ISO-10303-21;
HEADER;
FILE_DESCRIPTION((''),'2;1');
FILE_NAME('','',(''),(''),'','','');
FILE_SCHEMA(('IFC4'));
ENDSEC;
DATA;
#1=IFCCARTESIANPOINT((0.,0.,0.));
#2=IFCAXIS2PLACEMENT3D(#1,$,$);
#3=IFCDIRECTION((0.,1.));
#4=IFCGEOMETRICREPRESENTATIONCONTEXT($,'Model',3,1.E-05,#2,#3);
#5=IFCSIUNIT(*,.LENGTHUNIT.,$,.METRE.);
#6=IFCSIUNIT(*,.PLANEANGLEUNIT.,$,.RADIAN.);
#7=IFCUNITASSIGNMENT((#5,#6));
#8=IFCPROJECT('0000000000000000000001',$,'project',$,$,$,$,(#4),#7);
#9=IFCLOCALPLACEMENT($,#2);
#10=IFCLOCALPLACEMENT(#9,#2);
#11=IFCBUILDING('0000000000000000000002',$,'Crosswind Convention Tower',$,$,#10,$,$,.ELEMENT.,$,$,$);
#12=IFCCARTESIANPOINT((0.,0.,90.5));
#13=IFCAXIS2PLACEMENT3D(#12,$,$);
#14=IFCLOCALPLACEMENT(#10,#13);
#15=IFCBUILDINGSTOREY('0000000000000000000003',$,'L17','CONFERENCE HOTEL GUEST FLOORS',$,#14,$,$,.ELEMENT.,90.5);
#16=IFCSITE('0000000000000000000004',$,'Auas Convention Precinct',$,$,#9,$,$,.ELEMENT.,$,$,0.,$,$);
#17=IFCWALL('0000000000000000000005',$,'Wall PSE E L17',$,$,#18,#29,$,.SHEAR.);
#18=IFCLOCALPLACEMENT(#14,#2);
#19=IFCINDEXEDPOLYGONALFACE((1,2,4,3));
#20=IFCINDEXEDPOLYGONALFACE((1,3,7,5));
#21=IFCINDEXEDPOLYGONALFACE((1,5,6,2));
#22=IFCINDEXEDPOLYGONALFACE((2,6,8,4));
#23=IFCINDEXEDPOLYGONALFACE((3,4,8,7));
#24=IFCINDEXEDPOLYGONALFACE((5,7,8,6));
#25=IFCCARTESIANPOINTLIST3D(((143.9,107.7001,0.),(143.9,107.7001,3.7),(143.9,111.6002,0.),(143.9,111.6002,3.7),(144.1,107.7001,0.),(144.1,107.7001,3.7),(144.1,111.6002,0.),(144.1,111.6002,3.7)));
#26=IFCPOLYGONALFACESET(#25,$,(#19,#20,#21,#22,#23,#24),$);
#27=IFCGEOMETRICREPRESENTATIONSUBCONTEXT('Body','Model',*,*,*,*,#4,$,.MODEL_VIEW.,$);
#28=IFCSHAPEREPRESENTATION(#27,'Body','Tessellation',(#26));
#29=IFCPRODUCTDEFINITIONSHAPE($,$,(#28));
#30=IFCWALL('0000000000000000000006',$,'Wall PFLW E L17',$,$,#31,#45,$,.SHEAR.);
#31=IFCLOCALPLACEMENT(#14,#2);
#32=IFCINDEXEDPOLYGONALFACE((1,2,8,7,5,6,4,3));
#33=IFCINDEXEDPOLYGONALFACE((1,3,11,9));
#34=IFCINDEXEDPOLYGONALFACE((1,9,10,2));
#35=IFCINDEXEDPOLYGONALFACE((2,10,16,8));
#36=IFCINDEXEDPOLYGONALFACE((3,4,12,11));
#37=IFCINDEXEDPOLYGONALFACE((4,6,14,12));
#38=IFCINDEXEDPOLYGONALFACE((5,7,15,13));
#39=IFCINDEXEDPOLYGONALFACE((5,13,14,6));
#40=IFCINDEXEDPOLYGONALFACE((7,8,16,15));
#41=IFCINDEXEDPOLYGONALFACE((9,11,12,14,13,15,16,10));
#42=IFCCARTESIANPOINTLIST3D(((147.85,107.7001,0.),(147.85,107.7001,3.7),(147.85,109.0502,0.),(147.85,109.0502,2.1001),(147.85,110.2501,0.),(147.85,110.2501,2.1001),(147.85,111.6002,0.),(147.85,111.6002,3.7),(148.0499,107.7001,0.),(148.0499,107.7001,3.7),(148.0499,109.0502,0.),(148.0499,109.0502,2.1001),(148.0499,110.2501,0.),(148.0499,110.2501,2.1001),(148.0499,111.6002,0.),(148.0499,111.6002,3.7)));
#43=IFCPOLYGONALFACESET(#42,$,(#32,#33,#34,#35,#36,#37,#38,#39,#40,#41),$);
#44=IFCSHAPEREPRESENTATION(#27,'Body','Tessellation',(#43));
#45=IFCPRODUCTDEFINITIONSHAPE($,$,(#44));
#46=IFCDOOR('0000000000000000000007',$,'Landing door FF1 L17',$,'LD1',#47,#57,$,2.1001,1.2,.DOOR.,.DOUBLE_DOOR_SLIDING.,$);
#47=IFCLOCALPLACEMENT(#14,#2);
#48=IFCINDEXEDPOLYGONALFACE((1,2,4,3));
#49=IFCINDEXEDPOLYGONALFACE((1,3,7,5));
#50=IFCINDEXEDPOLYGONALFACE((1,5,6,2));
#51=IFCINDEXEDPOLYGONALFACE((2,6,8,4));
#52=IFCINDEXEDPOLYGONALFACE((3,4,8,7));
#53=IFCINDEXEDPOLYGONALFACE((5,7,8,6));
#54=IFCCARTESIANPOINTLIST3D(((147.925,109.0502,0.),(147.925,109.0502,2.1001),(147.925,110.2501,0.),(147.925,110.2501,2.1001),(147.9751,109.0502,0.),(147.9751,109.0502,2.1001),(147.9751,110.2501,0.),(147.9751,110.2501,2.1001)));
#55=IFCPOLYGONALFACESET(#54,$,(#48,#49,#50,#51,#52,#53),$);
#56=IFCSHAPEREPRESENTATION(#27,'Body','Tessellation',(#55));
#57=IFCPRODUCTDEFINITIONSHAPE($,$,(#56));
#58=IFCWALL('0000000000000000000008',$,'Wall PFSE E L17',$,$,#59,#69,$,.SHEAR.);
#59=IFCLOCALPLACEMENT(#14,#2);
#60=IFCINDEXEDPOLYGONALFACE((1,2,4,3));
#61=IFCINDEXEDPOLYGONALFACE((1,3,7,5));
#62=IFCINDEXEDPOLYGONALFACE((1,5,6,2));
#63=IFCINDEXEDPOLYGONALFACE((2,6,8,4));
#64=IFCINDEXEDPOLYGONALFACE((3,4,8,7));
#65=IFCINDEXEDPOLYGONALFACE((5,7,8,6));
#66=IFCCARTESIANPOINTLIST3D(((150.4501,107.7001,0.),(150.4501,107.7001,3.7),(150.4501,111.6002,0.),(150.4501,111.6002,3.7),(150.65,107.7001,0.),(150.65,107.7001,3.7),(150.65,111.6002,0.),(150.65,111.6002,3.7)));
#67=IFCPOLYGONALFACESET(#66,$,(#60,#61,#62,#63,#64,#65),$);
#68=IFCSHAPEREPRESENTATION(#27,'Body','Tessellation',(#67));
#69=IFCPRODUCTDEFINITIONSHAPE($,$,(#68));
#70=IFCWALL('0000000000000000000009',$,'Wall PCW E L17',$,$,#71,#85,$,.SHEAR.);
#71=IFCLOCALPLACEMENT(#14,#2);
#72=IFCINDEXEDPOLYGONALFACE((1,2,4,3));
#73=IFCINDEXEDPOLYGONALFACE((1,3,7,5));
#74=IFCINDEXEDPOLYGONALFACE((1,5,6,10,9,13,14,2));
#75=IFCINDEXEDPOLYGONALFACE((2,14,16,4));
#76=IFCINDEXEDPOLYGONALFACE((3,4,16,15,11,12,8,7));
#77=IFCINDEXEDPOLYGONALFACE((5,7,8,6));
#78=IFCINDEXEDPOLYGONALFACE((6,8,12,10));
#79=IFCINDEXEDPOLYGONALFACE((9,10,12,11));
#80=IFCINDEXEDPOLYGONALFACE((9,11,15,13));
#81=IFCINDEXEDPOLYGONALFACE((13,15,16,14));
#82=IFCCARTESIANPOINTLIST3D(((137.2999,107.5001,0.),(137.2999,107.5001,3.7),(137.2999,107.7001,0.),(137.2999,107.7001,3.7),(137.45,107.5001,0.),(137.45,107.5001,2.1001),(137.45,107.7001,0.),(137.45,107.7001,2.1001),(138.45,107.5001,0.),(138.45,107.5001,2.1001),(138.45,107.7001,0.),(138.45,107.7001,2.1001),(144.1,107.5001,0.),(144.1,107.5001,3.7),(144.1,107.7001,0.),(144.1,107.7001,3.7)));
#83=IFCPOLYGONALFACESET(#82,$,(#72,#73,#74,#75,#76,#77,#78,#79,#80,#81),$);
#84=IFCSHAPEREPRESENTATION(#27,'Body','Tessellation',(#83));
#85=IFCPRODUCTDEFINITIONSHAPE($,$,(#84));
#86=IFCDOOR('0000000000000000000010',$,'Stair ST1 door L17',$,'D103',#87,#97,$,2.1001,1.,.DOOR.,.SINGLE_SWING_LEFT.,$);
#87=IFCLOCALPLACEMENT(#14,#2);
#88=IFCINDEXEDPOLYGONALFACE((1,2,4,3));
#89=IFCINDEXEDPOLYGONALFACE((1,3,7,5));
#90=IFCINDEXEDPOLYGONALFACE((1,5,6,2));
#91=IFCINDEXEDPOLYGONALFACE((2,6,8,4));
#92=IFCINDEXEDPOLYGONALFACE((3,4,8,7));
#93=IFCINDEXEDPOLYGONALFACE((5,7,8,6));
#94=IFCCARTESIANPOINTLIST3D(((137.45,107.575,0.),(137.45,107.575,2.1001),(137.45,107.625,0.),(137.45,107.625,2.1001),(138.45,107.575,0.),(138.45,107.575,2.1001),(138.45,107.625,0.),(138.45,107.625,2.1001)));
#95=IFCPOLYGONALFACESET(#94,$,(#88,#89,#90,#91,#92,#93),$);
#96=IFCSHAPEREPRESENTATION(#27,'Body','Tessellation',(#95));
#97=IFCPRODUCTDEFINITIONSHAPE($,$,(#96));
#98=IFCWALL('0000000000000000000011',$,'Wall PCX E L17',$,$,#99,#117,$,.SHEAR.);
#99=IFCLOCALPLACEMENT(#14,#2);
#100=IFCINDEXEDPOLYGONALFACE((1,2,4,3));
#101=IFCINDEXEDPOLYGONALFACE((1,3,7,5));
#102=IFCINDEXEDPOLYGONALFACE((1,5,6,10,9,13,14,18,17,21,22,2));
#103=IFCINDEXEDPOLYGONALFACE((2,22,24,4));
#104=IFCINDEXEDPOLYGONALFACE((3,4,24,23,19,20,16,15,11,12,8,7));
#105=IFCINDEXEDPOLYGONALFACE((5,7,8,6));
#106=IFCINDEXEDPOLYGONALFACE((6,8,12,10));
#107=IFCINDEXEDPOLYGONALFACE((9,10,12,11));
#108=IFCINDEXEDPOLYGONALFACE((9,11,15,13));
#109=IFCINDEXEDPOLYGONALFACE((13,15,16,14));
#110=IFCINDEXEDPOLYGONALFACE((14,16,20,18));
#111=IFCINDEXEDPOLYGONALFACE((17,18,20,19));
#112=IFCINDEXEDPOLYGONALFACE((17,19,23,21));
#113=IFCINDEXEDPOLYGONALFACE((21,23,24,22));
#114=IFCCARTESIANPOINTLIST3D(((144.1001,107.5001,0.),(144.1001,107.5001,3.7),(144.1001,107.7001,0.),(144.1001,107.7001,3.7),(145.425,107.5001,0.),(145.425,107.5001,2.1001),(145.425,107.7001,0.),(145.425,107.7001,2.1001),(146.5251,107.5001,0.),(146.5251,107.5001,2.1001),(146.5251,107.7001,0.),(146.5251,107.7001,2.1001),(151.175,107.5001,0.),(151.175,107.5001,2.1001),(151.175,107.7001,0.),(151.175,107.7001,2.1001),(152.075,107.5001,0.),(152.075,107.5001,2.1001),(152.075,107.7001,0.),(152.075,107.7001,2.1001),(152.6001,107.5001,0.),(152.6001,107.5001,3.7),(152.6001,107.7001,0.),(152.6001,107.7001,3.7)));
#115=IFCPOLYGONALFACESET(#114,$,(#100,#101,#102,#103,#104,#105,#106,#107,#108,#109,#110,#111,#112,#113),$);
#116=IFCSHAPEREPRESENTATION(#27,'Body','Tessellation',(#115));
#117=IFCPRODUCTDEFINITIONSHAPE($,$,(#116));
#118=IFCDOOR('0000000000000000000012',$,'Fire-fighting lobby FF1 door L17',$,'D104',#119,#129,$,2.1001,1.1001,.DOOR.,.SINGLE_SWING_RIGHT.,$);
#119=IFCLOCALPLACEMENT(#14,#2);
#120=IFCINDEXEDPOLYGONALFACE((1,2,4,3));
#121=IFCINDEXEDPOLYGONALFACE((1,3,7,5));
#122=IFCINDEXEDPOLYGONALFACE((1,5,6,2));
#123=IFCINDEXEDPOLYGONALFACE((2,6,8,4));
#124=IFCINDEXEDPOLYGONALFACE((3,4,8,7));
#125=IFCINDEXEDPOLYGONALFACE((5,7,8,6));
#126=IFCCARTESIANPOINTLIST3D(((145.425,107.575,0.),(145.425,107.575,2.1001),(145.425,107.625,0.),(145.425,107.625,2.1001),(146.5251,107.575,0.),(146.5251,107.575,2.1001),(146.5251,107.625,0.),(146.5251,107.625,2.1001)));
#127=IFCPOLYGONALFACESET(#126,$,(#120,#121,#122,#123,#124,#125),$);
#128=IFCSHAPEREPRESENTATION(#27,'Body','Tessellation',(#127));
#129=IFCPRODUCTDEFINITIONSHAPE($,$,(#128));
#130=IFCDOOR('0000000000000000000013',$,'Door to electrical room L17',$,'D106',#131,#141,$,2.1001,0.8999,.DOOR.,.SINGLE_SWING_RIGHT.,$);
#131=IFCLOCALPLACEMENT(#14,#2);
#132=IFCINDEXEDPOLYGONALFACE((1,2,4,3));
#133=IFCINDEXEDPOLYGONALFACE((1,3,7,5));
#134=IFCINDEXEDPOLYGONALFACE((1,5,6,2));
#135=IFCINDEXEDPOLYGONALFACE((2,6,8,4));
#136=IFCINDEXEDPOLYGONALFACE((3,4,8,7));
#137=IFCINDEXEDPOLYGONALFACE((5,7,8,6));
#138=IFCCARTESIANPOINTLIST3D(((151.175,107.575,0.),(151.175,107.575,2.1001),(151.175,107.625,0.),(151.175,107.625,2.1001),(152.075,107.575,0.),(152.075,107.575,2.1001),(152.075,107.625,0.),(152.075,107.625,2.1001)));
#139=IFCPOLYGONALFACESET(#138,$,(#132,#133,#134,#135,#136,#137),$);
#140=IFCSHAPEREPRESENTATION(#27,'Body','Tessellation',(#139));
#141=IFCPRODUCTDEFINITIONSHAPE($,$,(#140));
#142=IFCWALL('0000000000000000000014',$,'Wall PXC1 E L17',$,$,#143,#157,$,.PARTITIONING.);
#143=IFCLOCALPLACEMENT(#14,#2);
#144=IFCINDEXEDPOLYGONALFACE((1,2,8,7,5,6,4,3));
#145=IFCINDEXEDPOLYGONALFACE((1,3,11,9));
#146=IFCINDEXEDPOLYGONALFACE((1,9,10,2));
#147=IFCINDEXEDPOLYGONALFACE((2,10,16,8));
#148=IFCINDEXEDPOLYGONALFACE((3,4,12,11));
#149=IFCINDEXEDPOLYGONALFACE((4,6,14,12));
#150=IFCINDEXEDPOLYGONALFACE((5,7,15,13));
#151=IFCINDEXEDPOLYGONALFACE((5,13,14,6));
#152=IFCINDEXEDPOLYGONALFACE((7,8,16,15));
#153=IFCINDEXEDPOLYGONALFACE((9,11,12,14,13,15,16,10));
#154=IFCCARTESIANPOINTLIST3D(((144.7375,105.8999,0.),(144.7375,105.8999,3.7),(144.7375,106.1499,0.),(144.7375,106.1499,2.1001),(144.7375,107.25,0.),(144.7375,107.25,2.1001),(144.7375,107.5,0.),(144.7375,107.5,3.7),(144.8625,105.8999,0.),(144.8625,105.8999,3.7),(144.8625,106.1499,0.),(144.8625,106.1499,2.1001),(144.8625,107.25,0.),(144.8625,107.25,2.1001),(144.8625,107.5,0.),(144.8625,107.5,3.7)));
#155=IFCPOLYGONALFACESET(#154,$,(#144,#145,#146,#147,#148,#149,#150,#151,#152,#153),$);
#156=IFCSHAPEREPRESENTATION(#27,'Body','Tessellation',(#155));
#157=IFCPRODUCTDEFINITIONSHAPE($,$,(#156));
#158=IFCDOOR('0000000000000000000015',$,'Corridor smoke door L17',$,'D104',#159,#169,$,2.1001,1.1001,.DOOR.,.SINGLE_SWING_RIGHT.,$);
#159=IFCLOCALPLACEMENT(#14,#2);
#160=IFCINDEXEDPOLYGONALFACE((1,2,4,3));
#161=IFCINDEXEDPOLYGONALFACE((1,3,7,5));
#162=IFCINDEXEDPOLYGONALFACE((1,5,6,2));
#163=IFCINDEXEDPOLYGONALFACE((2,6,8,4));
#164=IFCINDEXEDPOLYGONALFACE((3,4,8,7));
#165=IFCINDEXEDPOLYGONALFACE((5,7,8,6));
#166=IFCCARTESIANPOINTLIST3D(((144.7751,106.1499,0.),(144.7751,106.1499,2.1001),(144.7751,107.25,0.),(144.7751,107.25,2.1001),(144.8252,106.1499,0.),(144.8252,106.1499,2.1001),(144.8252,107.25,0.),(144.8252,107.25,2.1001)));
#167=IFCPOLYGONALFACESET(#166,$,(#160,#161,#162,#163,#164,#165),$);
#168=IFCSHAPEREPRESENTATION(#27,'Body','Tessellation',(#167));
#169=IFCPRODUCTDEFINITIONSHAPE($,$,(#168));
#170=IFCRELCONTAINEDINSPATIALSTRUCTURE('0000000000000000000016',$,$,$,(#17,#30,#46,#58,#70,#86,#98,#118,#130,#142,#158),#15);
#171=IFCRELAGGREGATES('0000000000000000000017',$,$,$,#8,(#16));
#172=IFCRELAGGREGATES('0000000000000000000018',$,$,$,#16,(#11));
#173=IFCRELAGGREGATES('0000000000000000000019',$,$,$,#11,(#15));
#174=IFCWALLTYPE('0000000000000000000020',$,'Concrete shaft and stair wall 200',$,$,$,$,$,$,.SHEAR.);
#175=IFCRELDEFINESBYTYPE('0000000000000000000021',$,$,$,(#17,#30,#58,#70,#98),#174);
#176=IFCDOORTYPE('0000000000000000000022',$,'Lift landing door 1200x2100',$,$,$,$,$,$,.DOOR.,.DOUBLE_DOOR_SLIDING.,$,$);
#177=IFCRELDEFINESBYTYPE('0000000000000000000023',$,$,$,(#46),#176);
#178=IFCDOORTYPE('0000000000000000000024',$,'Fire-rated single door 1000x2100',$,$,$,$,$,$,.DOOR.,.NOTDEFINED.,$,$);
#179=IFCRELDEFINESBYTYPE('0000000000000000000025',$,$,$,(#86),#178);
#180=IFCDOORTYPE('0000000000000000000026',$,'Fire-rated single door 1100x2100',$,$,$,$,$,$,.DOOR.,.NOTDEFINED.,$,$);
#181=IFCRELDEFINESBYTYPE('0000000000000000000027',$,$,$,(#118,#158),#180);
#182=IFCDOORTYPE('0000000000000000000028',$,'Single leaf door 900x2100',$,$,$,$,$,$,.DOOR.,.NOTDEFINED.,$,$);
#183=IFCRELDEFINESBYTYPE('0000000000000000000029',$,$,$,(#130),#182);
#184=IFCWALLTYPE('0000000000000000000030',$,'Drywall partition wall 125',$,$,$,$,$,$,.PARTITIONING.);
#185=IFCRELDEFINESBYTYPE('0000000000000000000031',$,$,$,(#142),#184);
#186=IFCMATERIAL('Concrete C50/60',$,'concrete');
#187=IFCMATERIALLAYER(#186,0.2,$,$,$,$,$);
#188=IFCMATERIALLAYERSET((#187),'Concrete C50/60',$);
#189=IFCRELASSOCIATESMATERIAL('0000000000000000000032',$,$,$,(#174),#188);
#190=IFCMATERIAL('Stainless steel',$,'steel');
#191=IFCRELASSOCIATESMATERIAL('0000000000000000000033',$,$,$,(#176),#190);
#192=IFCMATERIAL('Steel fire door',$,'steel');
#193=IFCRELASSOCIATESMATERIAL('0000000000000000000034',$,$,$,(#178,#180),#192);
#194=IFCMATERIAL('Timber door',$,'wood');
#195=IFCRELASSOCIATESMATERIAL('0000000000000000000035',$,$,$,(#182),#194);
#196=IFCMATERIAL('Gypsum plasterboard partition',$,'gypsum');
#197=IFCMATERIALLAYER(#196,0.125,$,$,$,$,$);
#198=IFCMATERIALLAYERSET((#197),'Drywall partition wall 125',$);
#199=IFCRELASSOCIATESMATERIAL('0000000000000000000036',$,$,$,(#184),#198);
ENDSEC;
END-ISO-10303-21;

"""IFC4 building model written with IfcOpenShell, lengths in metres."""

from ifc_helpers import new_model, si_unit, direction, frame, frame_2d, origin, place, context, subcontext, project, spatial, rectangle, extrude, material, layer, layer_set, type_object, element, fill, save


model = new_model("IFC4")

# Units and contexts
model_context = context("Model", 3, precision=1e-05, world=origin(), true_north=direction((0.0, 1.0)))
body_context = subcontext(model_context, "Body", "Model", "MODEL_VIEW")
ifc_project = project(units=[si_unit("LENGTHUNIT", "METRE"), si_unit("PLANEANGLEUNIT", "RADIAN")], contexts=[model_context])

# Site, building, storey
site_placement = place(None, origin())
site = spatial("IfcSite", under=ifc_project, at=site_placement, Name="Auas Convention Precinct", CompositionType="ELEMENT", RefElevation=0.0)
building_placement = place(site_placement, origin())
building = spatial("IfcBuilding", under=site, at=building_placement, Name="Crosswind Convention Tower", CompositionType="ELEMENT")
storey_placement = place(building_placement, frame((0.0, 0.0, 90.5)))
storey = spatial("IfcBuildingStorey", under=building, at=storey_placement, Name="L17", Description="CONFERENCE HOTEL GUEST FLOORS", CompositionType="ELEMENT", Elevation=90.5)

# Wall
ifc_material_1 = material(Name="Concrete C50/60", Category="concrete")
ifc_layer_1 = layer(ifc_material_1, 0.2)
ifc_layer_set_1 = layer_set([ifc_layer_1], Name="Concrete C50/60")
wall_type_1 = type_object("IfcWallType", Name="Concrete shaft and stair wall 200", PredefinedType="SHEAR", material=ifc_layer_set_1)
wall_1_placement = place(storey_placement, frame((144.0, 107.7, 0.0), z_axis=(0.0, 0.0, 1.0), x_axis=(0.0, 1.0, 0.0)))
element("IfcWall", 1, at=wall_1_placement, inside=storey, type_object=wall_type_1, Name="Wall PSE E L17", PredefinedType="SHEAR", context=body_context, shape_type="SweptSolid", body=[
    extrude(rectangle(XDim=3.9001, YDim=0.2, at=frame_2d((1.9502, 0.0))), origin(), (0.0, 0.0, 1.0), 3.7),
])

# Wall, opening, door
wall_2_placement = place(storey_placement, frame((147.95, 107.7, 0.0), z_axis=(0.0, 0.0, 1.0), x_axis=(0.0, 1.0, 0.0)))
wall_2 = element("IfcWall", 2, at=wall_2_placement, inside=storey, type_object=wall_type_1, Name="Wall PFLW E L17", PredefinedType="SHEAR", context=body_context, shape_type="SweptSolid", body=[
    extrude(rectangle(XDim=3.9001, YDim=0.2, at=frame_2d((1.9502, 0.0))), origin(), (0.0, 0.0, 1.0), 3.7),
])
opening_1_placement = place(wall_2_placement, frame((1.3501, 0.0, 0.0)))
opening_1 = element("IfcOpeningElement", 3, at=opening_1_placement, cuts=wall_2, PredefinedType="OPENING", context=body_context, shape_type="SweptSolid", body=[
    extrude(rectangle(XDim=1.2, YDim=2.1001, at=frame_2d((0.6001, 1.05))), frame((0.0, 0.1099, 0.0), z_axis=(0.0, -1.0, 0.0), x_axis=(1.0, 0.0, 0.0)), (0.0, 0.0, 1.0), 0.22),
])
ifc_material_2 = material(Name="Stainless steel", Category="steel")
door_type_1 = type_object("IfcDoorType", Name="Lift landing door 1200x2100", OperationType="DOUBLE_DOOR_SLIDING", PredefinedType="DOOR", material=ifc_material_2)
door_1_placement = place(opening_1_placement, origin())
door_1 = element("IfcDoor", 4, at=door_1_placement, inside=storey, type_object=door_type_1, Name="Landing door FF1 L17", ObjectType="LD1", OperationType="DOUBLE_DOOR_SLIDING", OverallHeight=2.1001, OverallWidth=1.2, PredefinedType="DOOR", context=body_context, shape_type="SweptSolid", body=[
    extrude(rectangle(XDim=1.2, YDim=2.1001, at=frame_2d((0.6001, 1.05))), frame((0.0, 0.0249, 0.0), z_axis=(0.0, -1.0, 0.0), x_axis=(1.0, 0.0, 0.0)), (0.0, 0.0, 1.0), 0.05),
])
fill(opening_1, door_1)

# Wall
wall_3_placement = place(storey_placement, frame((150.55, 107.7, 0.0), z_axis=(0.0, 0.0, 1.0), x_axis=(0.0, 1.0, 0.0)))
element("IfcWall", 5, at=wall_3_placement, inside=storey, type_object=wall_type_1, Name="Wall PFSE E L17", PredefinedType="SHEAR", context=body_context, shape_type="SweptSolid", body=[
    extrude(rectangle(XDim=3.9001, YDim=0.2, at=frame_2d((1.9502, 0.0))), origin(), (0.0, 0.0, 1.0), 3.7),
])

# Wall, opening, door
wall_4_placement = place(storey_placement, frame((137.3, 107.6001, 0.0), z_axis=(0.0, 0.0, 1.0), x_axis=(1.0, 0.0, 0.0)))
wall_4 = element("IfcWall", 6, at=wall_4_placement, inside=storey, type_object=wall_type_1, Name="Wall PCW E L17", PredefinedType="SHEAR", context=body_context, shape_type="SweptSolid", body=[
    extrude(rectangle(XDim=6.8, YDim=0.2, at=frame_2d((3.3999, 0.0))), origin(), (0.0, 0.0, 1.0), 3.7),
])
opening_2_placement = place(wall_4_placement, frame((0.1499, 0.0, 0.0)))
opening_2 = element("IfcOpeningElement", 7, at=opening_2_placement, cuts=wall_4, PredefinedType="OPENING", context=body_context, shape_type="SweptSolid", body=[
    extrude(rectangle(XDim=1.0, YDim=2.1001, at=frame_2d((0.5, 1.05))), frame((0.0, 0.1099, 0.0), z_axis=(0.0, -1.0, 0.0), x_axis=(1.0, 0.0, 0.0)), (0.0, 0.0, 1.0), 0.22),
])
ifc_material_3 = material(Name="Steel fire door", Category="steel")
door_type_2 = type_object("IfcDoorType", Name="Fire-rated single door 1000x2100", OperationType="NOTDEFINED", PredefinedType="DOOR", material=ifc_material_3)
door_2_placement = place(opening_2_placement, origin())
door_2 = element("IfcDoor", 8, at=door_2_placement, inside=storey, type_object=door_type_2, Name="Stair ST1 door L17", ObjectType="D103", OperationType="SINGLE_SWING_LEFT", OverallHeight=2.1001, OverallWidth=1.0, PredefinedType="DOOR", context=body_context, shape_type="SweptSolid", body=[
    extrude(rectangle(XDim=1.0, YDim=2.1001, at=frame_2d((0.5, 1.05))), frame((0.0, 0.0249, 0.0), z_axis=(0.0, -1.0, 0.0), x_axis=(1.0, 0.0, 0.0)), (0.0, 0.0, 1.0), 0.05),
])
fill(opening_2, door_2)

# Wall, openings, doors
wall_5_placement = place(storey_placement, frame((144.1001, 107.6001, 0.0), z_axis=(0.0, 0.0, 1.0), x_axis=(1.0, 0.0, 0.0)))
wall_5 = element("IfcWall", 9, at=wall_5_placement, inside=storey, type_object=wall_type_1, Name="Wall PCX E L17", PredefinedType="SHEAR", context=body_context, shape_type="SweptSolid", body=[
    extrude(rectangle(XDim=8.5, YDim=0.2, at=frame_2d((4.25, 0.0))), origin(), (0.0, 0.0, 1.0), 3.7),
])
opening_3_placement = place(wall_5_placement, frame((1.325, 0.0, 0.0)))
opening_3 = element("IfcOpeningElement", 10, at=opening_3_placement, cuts=wall_5, PredefinedType="OPENING", context=body_context, shape_type="SweptSolid", body=[
    extrude(rectangle(XDim=1.1001, YDim=2.1001, at=frame_2d((0.55, 1.05))), frame((0.0, 0.1099, 0.0), z_axis=(0.0, -1.0, 0.0), x_axis=(1.0, 0.0, 0.0)), (0.0, 0.0, 1.0), 0.22),
])
opening_4_placement = place(wall_5_placement, frame((7.075, 0.0, 0.0)))
opening_4 = element("IfcOpeningElement", 11, at=opening_4_placement, cuts=wall_5, PredefinedType="OPENING", context=body_context, shape_type="SweptSolid", body=[
    extrude(rectangle(XDim=0.8999, YDim=2.1001, at=frame_2d((0.45, 1.05))), frame((0.0, 0.1099, 0.0), z_axis=(0.0, -1.0, 0.0), x_axis=(1.0, 0.0, 0.0)), (0.0, 0.0, 1.0), 0.22),
])
door_type_3 = type_object("IfcDoorType", Name="Fire-rated single door 1100x2100", OperationType="NOTDEFINED", PredefinedType="DOOR", material=ifc_material_3)
door_3_placement = place(opening_3_placement, origin())
door_3 = element("IfcDoor", 12, at=door_3_placement, inside=storey, type_object=door_type_3, Name="Fire-fighting lobby FF1 door L17", ObjectType="D104", OperationType="SINGLE_SWING_RIGHT", OverallHeight=2.1001, OverallWidth=1.1001, PredefinedType="DOOR", context=body_context, shape_type="SweptSolid", body=[
    extrude(rectangle(XDim=1.1001, YDim=2.1001, at=frame_2d((0.55, 1.05))), frame((0.0, 0.0249, 0.0), z_axis=(0.0, -1.0, 0.0), x_axis=(1.0, 0.0, 0.0)), (0.0, 0.0, 1.0), 0.05),
])
fill(opening_3, door_3)
ifc_material_4 = material(Name="Timber door", Category="wood")
door_type_4 = type_object("IfcDoorType", Name="Single leaf door 900x2100", OperationType="NOTDEFINED", PredefinedType="DOOR", material=ifc_material_4)
door_4_placement = place(opening_4_placement, origin())
door_4 = element("IfcDoor", 13, at=door_4_placement, inside=storey, type_object=door_type_4, Name="Door to electrical room L17", ObjectType="D106", OperationType="SINGLE_SWING_RIGHT", OverallHeight=2.1001, OverallWidth=0.8999, PredefinedType="DOOR", context=body_context, shape_type="SweptSolid", body=[
    extrude(rectangle(XDim=0.8999, YDim=2.1001, at=frame_2d((0.45, 1.05))), frame((0.0, 0.0249, 0.0), z_axis=(0.0, -1.0, 0.0), x_axis=(1.0, 0.0, 0.0)), (0.0, 0.0, 1.0), 0.05),
])
fill(opening_4, door_4)

# Wall, opening, door
ifc_material_5 = material(Name="Gypsum plasterboard partition", Category="gypsum")
ifc_layer_2 = layer(ifc_material_5, 0.125)
ifc_layer_set_2 = layer_set([ifc_layer_2], Name="Drywall partition wall 125")
wall_type_2 = type_object("IfcWallType", Name="Drywall partition wall 125", PredefinedType="PARTITIONING", material=ifc_layer_set_2)
wall_6_placement = place(storey_placement, frame((144.8, 105.8999, 0.0), z_axis=(0.0, 0.0, 1.0), x_axis=(0.0, 1.0, 0.0)))
wall_6 = element("IfcWall", 14, at=wall_6_placement, inside=storey, type_object=wall_type_2, Name="Wall PXC1 E L17", PredefinedType="PARTITIONING", context=body_context, shape_type="SweptSolid", body=[
    extrude(rectangle(XDim=1.6001, YDim=0.125, at=frame_2d((0.8, 0.0))), origin(), (0.0, 0.0, 1.0), 3.7),
])
opening_5_placement = place(wall_6_placement, frame((0.25, 0.0, 0.0)))
opening_5 = element("IfcOpeningElement", 15, at=opening_5_placement, cuts=wall_6, PredefinedType="OPENING", context=body_context, shape_type="SweptSolid", body=[
    extrude(rectangle(XDim=1.1001, YDim=2.1001, at=frame_2d((0.55, 1.05))), frame((0.0, 0.0725, 0.0), z_axis=(0.0, -1.0, 0.0), x_axis=(1.0, 0.0, 0.0)), (0.0, 0.0, 1.0), 0.145),
])
door_5_placement = place(opening_5_placement, origin())
door_5 = element("IfcDoor", 16, at=door_5_placement, inside=storey, type_object=door_type_3, Name="Corridor smoke door L17", ObjectType="D104", OperationType="SINGLE_SWING_RIGHT", OverallHeight=2.1001, OverallWidth=1.1001, PredefinedType="DOOR", context=body_context, shape_type="SweptSolid", body=[
    extrude(rectangle(XDim=1.1001, YDim=2.1001, at=frame_2d((0.55, 1.05))), frame((0.0, 0.0249, 0.0), z_axis=(0.0, -1.0, 0.0), x_axis=(1.0, 0.0, 0.0)), (0.0, 0.0, 1.0), 0.05),
])
fill(opening_5, door_5)

save(model, "model.ifc")
